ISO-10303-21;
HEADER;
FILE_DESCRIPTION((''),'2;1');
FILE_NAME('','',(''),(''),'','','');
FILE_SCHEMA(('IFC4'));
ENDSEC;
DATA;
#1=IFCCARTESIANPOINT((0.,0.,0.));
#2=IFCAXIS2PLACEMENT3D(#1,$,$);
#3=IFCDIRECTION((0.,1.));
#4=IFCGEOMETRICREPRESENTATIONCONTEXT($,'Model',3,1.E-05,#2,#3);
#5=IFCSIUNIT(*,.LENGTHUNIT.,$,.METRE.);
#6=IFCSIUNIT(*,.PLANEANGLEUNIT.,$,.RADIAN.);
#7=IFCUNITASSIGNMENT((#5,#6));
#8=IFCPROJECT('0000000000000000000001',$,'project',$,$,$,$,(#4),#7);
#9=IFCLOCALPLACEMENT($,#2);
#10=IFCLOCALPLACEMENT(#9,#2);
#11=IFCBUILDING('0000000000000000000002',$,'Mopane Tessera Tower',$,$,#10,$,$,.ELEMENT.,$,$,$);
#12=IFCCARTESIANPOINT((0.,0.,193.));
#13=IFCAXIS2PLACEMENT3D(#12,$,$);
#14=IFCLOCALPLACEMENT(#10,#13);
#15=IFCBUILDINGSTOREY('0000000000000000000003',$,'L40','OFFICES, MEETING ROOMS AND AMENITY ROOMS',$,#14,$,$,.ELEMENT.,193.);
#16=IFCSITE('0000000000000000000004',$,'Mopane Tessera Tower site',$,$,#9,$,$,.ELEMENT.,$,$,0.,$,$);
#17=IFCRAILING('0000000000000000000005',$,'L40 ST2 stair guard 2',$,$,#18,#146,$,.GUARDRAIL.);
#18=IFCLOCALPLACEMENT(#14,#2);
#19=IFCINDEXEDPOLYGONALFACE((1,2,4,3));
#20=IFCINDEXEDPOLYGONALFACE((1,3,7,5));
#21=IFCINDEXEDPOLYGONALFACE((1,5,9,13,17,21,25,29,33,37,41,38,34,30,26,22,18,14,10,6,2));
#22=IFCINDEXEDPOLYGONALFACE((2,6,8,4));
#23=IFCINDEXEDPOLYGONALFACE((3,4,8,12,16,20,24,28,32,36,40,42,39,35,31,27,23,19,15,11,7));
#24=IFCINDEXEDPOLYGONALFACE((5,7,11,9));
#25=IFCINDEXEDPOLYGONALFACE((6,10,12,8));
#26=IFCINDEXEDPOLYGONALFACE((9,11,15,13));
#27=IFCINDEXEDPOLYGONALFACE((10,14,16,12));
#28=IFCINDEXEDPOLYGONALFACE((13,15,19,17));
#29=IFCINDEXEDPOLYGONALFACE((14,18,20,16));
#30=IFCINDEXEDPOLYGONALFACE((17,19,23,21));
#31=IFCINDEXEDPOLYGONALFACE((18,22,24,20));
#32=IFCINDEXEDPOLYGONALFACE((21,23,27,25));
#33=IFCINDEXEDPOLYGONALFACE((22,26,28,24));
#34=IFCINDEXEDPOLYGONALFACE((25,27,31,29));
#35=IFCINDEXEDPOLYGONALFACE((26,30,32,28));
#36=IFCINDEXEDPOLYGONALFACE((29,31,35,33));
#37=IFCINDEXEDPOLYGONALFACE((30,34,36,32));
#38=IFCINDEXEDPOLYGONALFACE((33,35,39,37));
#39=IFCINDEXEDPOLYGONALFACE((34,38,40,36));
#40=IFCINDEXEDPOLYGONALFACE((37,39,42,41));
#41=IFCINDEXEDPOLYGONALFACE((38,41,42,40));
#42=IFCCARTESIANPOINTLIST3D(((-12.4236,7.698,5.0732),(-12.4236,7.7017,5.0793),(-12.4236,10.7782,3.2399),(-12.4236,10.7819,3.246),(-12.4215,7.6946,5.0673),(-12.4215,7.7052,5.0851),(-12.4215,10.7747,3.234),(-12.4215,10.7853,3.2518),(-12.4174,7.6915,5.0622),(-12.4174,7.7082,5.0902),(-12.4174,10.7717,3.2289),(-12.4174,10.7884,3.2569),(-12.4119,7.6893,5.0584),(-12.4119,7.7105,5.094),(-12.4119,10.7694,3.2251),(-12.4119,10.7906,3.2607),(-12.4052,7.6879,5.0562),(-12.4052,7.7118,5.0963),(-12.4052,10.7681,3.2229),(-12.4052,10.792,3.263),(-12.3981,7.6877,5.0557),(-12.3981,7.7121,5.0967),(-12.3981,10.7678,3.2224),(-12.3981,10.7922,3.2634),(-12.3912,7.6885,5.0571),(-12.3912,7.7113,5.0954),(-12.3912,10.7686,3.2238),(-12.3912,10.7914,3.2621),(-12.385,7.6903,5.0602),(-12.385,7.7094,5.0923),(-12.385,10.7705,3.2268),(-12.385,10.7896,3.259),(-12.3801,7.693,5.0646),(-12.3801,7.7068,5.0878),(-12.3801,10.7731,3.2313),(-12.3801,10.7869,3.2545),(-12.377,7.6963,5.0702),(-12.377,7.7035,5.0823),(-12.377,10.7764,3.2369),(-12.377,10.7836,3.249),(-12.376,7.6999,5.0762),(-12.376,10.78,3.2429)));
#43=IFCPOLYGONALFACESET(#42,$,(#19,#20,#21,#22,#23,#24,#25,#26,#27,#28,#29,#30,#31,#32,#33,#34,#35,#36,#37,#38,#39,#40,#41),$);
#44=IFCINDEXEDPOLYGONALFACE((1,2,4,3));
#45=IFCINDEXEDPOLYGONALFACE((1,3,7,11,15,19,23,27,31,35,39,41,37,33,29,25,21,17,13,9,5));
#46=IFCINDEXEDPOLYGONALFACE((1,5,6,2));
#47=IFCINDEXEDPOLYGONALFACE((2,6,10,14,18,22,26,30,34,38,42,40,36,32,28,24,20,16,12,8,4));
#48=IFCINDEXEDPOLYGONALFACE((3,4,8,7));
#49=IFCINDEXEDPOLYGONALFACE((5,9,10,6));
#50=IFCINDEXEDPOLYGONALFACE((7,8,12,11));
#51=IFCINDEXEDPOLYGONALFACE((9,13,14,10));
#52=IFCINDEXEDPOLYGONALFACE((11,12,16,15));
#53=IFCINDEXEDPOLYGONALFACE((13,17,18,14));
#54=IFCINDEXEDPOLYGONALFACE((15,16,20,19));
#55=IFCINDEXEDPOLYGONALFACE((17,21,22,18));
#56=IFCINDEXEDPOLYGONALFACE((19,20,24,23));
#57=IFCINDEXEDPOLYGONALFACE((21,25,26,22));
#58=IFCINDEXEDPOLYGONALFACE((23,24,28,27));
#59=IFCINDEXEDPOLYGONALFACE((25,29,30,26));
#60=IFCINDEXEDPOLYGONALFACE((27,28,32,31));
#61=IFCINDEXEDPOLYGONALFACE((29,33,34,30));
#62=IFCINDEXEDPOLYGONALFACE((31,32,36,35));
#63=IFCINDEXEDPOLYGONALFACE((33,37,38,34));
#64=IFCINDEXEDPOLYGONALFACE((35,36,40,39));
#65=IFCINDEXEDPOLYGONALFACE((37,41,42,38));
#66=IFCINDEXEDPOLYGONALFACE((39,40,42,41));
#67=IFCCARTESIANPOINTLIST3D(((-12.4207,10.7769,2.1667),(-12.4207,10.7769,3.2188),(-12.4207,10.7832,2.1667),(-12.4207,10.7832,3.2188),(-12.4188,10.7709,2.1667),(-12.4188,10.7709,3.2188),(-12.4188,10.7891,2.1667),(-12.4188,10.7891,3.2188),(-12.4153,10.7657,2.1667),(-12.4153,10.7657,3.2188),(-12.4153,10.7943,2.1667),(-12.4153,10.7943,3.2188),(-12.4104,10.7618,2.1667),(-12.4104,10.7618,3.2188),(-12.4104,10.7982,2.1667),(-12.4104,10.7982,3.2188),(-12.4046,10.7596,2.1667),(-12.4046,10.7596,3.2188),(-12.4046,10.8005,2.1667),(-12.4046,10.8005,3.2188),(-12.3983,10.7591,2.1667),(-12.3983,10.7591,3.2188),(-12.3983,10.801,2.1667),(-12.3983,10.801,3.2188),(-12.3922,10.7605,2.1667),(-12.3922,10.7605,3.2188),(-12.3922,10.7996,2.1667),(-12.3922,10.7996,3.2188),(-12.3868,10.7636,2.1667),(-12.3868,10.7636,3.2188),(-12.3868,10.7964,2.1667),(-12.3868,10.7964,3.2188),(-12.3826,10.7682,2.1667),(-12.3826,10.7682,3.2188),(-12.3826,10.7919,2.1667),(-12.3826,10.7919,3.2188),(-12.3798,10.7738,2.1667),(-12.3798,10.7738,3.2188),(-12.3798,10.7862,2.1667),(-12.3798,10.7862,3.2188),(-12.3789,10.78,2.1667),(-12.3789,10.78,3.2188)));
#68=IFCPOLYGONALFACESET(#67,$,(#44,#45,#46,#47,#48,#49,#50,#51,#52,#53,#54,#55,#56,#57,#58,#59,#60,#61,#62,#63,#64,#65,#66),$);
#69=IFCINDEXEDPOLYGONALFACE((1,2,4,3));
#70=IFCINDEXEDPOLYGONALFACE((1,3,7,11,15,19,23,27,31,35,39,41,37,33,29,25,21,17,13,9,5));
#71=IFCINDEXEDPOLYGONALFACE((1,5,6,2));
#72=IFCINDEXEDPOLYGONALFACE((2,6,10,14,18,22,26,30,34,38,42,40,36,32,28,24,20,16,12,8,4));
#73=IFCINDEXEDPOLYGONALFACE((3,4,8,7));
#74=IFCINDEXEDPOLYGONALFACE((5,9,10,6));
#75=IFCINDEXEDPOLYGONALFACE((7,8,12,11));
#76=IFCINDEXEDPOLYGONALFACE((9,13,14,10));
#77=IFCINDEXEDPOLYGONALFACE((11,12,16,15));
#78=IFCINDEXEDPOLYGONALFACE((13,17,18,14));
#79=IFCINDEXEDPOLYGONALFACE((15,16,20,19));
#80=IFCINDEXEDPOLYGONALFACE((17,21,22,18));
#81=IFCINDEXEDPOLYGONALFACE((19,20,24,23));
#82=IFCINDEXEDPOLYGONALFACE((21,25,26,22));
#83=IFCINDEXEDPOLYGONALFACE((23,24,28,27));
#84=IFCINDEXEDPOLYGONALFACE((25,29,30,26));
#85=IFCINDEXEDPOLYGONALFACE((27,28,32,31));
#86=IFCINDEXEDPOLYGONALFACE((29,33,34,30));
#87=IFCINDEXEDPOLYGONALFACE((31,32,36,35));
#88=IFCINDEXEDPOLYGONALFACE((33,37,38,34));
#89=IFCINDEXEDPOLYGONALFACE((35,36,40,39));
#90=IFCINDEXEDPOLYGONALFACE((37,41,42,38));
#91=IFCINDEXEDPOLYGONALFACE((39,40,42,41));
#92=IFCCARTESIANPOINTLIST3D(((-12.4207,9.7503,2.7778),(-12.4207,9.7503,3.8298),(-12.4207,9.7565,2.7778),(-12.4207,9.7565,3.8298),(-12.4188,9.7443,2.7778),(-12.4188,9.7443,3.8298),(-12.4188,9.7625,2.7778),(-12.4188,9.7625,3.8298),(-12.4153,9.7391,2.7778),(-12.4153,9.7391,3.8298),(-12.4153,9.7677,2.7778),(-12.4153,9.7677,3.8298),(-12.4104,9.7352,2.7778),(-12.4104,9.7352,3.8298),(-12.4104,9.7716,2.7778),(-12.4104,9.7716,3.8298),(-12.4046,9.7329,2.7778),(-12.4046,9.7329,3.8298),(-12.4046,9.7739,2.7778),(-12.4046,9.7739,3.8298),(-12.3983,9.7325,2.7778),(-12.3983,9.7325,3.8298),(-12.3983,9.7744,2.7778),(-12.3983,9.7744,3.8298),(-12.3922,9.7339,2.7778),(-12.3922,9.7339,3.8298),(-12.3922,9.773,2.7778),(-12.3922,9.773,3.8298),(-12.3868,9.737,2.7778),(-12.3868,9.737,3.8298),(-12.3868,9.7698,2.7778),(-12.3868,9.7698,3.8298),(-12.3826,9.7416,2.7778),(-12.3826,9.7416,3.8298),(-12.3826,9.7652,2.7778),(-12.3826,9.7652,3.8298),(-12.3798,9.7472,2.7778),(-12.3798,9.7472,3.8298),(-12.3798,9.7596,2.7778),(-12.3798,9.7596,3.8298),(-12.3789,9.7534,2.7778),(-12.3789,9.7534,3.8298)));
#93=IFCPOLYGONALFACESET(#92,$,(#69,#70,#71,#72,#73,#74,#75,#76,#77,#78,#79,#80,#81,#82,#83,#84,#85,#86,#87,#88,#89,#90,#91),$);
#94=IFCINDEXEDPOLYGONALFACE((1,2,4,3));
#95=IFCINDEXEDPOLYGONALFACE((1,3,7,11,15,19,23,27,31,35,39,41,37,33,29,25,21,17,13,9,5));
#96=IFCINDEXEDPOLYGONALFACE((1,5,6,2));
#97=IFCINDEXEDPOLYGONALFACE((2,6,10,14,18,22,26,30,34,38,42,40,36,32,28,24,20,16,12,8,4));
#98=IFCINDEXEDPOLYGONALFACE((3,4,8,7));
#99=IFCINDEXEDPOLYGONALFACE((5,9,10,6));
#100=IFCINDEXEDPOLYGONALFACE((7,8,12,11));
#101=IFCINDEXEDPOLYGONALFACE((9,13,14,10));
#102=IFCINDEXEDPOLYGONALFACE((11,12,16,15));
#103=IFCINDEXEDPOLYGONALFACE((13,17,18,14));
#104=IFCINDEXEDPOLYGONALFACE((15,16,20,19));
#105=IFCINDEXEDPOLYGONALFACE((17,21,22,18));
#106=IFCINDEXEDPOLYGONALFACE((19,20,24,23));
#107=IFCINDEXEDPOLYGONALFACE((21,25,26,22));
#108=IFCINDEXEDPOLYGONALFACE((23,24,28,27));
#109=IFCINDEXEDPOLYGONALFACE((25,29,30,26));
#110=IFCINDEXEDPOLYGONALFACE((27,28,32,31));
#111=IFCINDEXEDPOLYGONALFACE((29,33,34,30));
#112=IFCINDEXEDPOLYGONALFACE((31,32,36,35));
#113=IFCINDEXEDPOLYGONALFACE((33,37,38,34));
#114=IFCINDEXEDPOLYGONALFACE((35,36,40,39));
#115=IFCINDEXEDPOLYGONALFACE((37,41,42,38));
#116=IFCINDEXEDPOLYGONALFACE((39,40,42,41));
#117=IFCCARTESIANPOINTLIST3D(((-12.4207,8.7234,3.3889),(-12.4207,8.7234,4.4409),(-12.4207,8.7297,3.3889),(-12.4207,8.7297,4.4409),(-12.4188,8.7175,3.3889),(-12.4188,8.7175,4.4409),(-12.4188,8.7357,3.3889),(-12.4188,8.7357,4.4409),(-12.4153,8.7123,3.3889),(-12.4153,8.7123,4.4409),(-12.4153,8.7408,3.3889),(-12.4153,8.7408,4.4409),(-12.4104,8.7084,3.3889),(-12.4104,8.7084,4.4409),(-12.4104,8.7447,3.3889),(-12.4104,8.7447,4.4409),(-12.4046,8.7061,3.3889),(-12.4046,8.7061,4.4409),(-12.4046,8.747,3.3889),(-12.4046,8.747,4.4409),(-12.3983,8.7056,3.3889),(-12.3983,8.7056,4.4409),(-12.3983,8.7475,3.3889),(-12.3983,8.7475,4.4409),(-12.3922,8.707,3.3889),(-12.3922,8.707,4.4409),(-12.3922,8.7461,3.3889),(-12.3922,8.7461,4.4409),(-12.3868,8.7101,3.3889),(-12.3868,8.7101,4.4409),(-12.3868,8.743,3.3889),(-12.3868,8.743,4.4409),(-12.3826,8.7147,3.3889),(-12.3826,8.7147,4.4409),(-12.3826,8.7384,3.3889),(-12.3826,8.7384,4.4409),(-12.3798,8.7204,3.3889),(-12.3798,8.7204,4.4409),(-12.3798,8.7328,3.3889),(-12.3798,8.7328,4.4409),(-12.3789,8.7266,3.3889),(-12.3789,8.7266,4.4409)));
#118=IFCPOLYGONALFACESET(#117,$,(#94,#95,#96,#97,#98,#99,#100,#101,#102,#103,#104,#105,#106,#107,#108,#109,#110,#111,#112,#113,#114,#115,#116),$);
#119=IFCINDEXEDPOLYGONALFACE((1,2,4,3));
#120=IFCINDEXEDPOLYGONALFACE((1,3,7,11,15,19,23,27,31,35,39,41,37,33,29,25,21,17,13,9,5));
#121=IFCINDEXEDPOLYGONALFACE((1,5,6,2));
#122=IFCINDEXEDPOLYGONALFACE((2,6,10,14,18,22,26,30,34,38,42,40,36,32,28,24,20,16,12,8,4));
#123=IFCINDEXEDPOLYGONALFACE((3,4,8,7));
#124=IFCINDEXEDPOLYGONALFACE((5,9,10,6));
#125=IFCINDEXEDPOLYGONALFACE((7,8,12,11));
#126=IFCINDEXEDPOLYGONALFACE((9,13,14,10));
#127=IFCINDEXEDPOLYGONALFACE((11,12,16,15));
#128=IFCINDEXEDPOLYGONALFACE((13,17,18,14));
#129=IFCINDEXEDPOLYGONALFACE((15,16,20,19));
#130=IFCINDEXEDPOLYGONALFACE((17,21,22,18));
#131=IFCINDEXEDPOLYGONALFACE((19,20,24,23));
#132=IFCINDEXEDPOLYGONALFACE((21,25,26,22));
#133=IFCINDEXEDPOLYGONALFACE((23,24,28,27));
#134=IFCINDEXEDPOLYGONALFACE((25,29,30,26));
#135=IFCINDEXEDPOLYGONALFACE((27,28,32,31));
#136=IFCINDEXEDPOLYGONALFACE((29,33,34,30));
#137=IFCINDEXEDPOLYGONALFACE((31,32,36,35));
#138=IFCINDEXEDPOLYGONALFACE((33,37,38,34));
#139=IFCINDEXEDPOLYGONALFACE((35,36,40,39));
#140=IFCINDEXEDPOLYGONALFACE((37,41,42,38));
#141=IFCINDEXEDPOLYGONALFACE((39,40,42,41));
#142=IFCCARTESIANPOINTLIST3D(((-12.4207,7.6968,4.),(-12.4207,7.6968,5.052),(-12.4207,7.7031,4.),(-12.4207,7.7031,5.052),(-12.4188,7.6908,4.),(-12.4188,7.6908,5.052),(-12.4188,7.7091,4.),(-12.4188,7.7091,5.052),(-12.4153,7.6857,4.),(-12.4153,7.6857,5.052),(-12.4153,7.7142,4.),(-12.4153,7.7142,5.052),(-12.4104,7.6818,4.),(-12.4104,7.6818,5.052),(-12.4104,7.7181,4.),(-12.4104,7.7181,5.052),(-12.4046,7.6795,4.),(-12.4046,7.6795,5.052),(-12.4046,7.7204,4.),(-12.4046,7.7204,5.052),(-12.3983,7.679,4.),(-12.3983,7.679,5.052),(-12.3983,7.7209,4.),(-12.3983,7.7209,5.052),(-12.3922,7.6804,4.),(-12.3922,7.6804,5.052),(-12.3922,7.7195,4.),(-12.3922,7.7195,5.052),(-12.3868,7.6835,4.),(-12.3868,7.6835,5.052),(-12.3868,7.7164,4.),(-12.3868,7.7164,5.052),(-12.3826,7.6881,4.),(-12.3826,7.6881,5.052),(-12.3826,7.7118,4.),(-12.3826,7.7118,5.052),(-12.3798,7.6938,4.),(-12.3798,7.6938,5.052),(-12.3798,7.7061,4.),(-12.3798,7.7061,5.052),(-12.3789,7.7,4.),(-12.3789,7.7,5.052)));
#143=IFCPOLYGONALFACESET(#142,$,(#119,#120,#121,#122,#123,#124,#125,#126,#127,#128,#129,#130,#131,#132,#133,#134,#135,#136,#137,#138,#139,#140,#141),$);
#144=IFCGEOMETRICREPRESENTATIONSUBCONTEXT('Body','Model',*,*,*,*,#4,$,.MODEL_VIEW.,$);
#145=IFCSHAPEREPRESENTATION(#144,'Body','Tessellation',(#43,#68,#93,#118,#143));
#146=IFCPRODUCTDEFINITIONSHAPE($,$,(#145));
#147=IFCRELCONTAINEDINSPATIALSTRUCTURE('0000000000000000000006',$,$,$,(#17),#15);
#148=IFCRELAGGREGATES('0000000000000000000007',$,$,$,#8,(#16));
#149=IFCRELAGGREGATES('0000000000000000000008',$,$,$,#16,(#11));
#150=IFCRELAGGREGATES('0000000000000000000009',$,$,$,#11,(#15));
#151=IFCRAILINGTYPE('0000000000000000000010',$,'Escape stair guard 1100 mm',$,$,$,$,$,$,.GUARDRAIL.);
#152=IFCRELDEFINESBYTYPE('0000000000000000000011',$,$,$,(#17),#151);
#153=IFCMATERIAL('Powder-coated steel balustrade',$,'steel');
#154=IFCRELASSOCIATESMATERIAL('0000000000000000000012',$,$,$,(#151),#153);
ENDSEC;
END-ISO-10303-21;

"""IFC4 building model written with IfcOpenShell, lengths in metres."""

from ifc_helpers import new_model, si_unit, direction, frame, origin, origin_2d, place, context, subcontext, project, spatial, circle, extrude, material, type_object, element, save


model = new_model("IFC4")

# Units and contexts
model_context = context("Model", 3, precision=1e-05, world=origin(), true_north=direction((0.0, 1.0)))
body_context = subcontext(model_context, "Body", "Model", "MODEL_VIEW")
ifc_project = project(units=[si_unit("LENGTHUNIT", "METRE"), si_unit("PLANEANGLEUNIT", "RADIAN")], contexts=[model_context])

# Site, building, storey
site_placement = place(None, origin())
site = spatial("IfcSite", under=ifc_project, at=site_placement, Name="Mopane Tessera Tower site", CompositionType="ELEMENT", RefElevation=0.0)
building_placement = place(site_placement, origin())
building = spatial("IfcBuilding", under=site, at=building_placement, Name="Mopane Tessera Tower", CompositionType="ELEMENT")
storey_placement = place(building_placement, frame((0.0, 0.0, 193.0)))
storey = spatial("IfcBuildingStorey", under=building, at=storey_placement, Name="L40", Description="OFFICES, MEETING ROOMS AND AMENITY ROOMS", CompositionType="ELEMENT", Elevation=193.0)

# Railing
ifc_material_1 = material(Name="Powder-coated steel balustrade", Category="steel")
railing_type_1 = type_object("IfcRailingType", Name="Escape stair guard 1100 mm", PredefinedType="GUARDRAIL", material=ifc_material_1)
railing_1_placement = place(storey_placement, frame((-12.3999, 10.78, 2.1667)))
element("IfcRailing", 1, at=railing_1_placement, inside=storey, type_object=railing_type_1, Name="L40 ST2 stair guard 2", PredefinedType="GUARDRAIL", context=body_context, shape_type="SweptSolid", body=[
    extrude(circle(Radius=0.0239, at=origin_2d()), frame((0.0, 0.0, 1.0762), z_axis=(0.0, -0.859309, 0.511458), x_axis=(1.0, 0.0, 0.0)), (0.0, 0.0, 1.0), 3.5845),
    extrude(circle(Radius=0.021, at=origin_2d()), origin(), (0.0, 0.0, 1.0), 1.052),
    extrude(circle(Radius=0.021, at=origin_2d()), frame((0.0, -1.0266, 0.6111)), (0.0, 0.0, 1.0), 1.052),
    extrude(circle(Radius=0.021, at=origin_2d()), frame((0.0, -2.0535, 1.2222)), (0.0, 0.0, 1.0), 1.052),
    extrude(circle(Radius=0.021, at=origin_2d()), frame((0.0, -3.0801, 1.8333)), (0.0, 0.0, 1.0), 1.052),
])

save(model, "model.ifc")
